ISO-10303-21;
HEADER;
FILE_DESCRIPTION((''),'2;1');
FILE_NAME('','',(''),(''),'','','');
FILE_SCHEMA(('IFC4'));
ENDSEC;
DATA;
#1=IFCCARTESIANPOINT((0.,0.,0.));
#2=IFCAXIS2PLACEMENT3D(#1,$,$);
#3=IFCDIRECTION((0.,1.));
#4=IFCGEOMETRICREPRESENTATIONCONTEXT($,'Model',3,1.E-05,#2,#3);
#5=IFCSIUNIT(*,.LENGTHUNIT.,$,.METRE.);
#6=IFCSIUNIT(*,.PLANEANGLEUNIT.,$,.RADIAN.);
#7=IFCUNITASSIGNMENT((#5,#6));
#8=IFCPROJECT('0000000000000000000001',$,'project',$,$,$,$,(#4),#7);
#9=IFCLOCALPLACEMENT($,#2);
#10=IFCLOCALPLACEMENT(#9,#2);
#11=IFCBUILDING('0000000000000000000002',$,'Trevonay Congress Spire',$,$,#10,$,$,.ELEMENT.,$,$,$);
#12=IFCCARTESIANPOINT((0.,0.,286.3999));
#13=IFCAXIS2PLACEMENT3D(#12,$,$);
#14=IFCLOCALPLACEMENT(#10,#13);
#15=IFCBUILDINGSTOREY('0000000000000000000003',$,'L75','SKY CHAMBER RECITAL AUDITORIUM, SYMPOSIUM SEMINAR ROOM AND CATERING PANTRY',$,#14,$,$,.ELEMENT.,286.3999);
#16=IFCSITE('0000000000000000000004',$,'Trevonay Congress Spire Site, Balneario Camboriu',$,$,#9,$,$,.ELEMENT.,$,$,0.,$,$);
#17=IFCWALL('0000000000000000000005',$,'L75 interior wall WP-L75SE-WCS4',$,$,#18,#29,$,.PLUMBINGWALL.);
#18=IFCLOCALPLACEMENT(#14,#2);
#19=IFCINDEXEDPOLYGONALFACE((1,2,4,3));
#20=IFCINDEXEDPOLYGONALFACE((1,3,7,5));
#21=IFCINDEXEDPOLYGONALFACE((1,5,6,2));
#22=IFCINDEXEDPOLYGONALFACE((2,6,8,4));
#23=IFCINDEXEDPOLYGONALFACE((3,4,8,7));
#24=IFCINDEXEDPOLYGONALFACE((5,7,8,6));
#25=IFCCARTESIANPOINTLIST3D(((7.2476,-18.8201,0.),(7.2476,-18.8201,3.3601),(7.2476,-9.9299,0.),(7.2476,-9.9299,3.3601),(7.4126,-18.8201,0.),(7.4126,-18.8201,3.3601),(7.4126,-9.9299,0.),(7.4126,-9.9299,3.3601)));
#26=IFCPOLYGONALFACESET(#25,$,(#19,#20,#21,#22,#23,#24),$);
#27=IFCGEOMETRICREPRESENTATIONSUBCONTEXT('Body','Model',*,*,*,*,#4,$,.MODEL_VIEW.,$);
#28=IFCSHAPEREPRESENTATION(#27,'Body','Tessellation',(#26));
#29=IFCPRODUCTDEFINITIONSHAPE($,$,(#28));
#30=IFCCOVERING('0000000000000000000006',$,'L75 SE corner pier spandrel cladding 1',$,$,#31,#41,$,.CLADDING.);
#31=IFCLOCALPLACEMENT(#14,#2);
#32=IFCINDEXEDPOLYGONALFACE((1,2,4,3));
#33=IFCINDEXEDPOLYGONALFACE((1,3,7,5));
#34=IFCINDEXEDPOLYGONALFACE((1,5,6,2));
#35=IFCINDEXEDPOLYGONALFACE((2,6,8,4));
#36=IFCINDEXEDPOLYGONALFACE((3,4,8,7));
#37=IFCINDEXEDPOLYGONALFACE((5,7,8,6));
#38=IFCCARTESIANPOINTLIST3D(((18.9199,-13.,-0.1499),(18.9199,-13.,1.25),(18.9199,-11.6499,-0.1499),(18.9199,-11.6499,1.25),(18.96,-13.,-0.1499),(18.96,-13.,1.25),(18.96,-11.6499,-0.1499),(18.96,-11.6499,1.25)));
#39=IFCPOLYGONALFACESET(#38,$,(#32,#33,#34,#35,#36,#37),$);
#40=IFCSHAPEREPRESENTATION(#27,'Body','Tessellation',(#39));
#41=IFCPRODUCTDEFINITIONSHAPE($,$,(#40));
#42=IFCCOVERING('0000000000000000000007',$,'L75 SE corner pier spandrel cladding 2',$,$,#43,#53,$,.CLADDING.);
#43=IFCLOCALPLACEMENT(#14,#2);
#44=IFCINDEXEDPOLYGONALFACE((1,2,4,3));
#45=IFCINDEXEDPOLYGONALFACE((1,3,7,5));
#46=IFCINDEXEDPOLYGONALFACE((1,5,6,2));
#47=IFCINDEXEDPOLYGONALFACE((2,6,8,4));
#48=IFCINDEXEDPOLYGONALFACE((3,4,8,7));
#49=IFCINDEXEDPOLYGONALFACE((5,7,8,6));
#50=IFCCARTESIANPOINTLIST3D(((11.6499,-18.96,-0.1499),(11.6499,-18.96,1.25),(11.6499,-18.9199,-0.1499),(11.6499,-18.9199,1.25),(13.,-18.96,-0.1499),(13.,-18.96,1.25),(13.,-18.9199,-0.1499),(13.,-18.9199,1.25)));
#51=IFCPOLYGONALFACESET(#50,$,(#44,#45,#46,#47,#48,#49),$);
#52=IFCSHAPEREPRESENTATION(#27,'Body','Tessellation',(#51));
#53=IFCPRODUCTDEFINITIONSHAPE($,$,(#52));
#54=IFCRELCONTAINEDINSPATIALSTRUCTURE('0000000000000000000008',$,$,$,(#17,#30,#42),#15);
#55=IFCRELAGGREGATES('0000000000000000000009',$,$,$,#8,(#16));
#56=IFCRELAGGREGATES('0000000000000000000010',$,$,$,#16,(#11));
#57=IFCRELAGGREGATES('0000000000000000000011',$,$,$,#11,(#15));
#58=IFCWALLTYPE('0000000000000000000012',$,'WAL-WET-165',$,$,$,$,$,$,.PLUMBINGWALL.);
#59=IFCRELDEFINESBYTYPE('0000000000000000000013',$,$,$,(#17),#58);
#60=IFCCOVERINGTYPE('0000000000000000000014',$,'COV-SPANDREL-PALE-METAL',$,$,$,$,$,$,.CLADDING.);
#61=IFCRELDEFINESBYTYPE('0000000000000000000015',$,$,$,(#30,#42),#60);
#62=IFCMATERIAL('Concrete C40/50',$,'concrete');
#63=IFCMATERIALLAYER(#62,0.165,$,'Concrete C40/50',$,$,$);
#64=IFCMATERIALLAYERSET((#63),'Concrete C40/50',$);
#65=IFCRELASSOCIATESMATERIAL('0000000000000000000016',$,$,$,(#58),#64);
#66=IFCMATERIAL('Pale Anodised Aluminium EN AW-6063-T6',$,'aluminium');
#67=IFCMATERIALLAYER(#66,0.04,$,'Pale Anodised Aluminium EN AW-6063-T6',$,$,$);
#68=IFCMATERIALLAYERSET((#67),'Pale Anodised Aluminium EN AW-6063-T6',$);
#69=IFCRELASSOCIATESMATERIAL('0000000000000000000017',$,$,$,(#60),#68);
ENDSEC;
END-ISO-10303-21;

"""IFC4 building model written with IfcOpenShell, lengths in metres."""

from ifc_helpers import new_model, si_unit, direction, frame, frame_2d, origin, place, context, subcontext, project, spatial, rectangle, extrude, material, layer, layer_set, type_object, element, save


model = new_model("IFC4")

# Units and contexts
model_context = context("Model", 3, precision=1e-05, world=origin(), true_north=direction((0.0, 1.0)))
body_context = subcontext(model_context, "Body", "Model", "MODEL_VIEW")
ifc_project = project(units=[si_unit("LENGTHUNIT", "METRE"), si_unit("PLANEANGLEUNIT", "RADIAN")], contexts=[model_context])

# Site, building, storey
site_placement = place(None, origin())
site = spatial("IfcSite", under=ifc_project, at=site_placement, Name="Trevonay Congress Spire Site, Balneario Camboriu", CompositionType="ELEMENT", RefElevation=0.0)
building_placement = place(site_placement, origin())
building = spatial("IfcBuilding", under=site, at=building_placement, Name="Trevonay Congress Spire", CompositionType="ELEMENT")
storey_placement = place(building_placement, frame((0.0, 0.0, 286.3999)))
storey = spatial("IfcBuildingStorey", under=building, at=storey_placement, Name="L75", Description="SKY CHAMBER RECITAL AUDITORIUM, SYMPOSIUM SEMINAR ROOM AND CATERING PANTRY", CompositionType="ELEMENT", Elevation=286.3999)

# Shared definitions
ifc_material_1 = material(Name="Pale Anodised Aluminium EN AW-6063-T6", Category="aluminium")

# Wall
ifc_material_2 = material(Name="Concrete C40/50", Category="concrete")
ifc_layer_1 = layer(ifc_material_2, 0.165, Name="Concrete C40/50")
ifc_layer_set_1 = layer_set([ifc_layer_1], Name="Concrete C40/50")
wall_type_1 = type_object("IfcWallType", Name="WAL-WET-165", PredefinedType="PLUMBINGWALL", material=ifc_layer_set_1)
wall_1_placement = place(storey_placement, frame((7.3301, -18.8201, 0.0), z_axis=(0.0, 0.0, 1.0), x_axis=(0.0, 1.0, 0.0)))
element("IfcWall", 1, at=wall_1_placement, inside=storey, type_object=wall_type_1, Name="L75 interior wall WP-L75SE-WCS4", PredefinedType="PLUMBINGWALL", context=body_context, shape_type="SweptSolid", body=[
    extrude(rectangle(XDim=8.8901, YDim=0.165, at=frame_2d((4.4451, 0.0))), origin(), (0.0, 0.0, 1.0), 3.3601),
])

# Coverings
ifc_layer_2 = layer(ifc_material_1, 0.04, Name="Pale Anodised Aluminium EN AW-6063-T6")
ifc_layer_set_2 = layer_set([ifc_layer_2], Name="Pale Anodised Aluminium EN AW-6063-T6")
covering_type = type_object("IfcCoveringType", Name="COV-SPANDREL-PALE-METAL", PredefinedType="CLADDING", material=ifc_layer_set_2)
for number, where, z_axis, x_axis, name in (
    (2, (18.9399, -11.6499, -0.1499), (0.0, 0.0, 1.0), (0.0, -1.0, 0.0), "L75 SE corner pier spandrel cladding 1"),
    (3, (11.6499, -18.9399, -0.1499), (0.0, 0.0, 1.0), (1.0, 0.0, 0.0), "L75 SE corner pier spandrel cladding 2"),
):
    element("IfcCovering", number, at=place(storey_placement, frame(where, z_axis=z_axis, x_axis=x_axis)), inside=storey, type_object=covering_type, Name=name, PredefinedType="CLADDING", context=body_context, shape_type="SweptSolid", body=[
        extrude(rectangle(XDim=1.3501, YDim=0.04, at=frame_2d((0.675, 0.0))), origin(), (0.0, 0.0, 1.0), 1.3999),
    ])

save(model, "model.ifc")
